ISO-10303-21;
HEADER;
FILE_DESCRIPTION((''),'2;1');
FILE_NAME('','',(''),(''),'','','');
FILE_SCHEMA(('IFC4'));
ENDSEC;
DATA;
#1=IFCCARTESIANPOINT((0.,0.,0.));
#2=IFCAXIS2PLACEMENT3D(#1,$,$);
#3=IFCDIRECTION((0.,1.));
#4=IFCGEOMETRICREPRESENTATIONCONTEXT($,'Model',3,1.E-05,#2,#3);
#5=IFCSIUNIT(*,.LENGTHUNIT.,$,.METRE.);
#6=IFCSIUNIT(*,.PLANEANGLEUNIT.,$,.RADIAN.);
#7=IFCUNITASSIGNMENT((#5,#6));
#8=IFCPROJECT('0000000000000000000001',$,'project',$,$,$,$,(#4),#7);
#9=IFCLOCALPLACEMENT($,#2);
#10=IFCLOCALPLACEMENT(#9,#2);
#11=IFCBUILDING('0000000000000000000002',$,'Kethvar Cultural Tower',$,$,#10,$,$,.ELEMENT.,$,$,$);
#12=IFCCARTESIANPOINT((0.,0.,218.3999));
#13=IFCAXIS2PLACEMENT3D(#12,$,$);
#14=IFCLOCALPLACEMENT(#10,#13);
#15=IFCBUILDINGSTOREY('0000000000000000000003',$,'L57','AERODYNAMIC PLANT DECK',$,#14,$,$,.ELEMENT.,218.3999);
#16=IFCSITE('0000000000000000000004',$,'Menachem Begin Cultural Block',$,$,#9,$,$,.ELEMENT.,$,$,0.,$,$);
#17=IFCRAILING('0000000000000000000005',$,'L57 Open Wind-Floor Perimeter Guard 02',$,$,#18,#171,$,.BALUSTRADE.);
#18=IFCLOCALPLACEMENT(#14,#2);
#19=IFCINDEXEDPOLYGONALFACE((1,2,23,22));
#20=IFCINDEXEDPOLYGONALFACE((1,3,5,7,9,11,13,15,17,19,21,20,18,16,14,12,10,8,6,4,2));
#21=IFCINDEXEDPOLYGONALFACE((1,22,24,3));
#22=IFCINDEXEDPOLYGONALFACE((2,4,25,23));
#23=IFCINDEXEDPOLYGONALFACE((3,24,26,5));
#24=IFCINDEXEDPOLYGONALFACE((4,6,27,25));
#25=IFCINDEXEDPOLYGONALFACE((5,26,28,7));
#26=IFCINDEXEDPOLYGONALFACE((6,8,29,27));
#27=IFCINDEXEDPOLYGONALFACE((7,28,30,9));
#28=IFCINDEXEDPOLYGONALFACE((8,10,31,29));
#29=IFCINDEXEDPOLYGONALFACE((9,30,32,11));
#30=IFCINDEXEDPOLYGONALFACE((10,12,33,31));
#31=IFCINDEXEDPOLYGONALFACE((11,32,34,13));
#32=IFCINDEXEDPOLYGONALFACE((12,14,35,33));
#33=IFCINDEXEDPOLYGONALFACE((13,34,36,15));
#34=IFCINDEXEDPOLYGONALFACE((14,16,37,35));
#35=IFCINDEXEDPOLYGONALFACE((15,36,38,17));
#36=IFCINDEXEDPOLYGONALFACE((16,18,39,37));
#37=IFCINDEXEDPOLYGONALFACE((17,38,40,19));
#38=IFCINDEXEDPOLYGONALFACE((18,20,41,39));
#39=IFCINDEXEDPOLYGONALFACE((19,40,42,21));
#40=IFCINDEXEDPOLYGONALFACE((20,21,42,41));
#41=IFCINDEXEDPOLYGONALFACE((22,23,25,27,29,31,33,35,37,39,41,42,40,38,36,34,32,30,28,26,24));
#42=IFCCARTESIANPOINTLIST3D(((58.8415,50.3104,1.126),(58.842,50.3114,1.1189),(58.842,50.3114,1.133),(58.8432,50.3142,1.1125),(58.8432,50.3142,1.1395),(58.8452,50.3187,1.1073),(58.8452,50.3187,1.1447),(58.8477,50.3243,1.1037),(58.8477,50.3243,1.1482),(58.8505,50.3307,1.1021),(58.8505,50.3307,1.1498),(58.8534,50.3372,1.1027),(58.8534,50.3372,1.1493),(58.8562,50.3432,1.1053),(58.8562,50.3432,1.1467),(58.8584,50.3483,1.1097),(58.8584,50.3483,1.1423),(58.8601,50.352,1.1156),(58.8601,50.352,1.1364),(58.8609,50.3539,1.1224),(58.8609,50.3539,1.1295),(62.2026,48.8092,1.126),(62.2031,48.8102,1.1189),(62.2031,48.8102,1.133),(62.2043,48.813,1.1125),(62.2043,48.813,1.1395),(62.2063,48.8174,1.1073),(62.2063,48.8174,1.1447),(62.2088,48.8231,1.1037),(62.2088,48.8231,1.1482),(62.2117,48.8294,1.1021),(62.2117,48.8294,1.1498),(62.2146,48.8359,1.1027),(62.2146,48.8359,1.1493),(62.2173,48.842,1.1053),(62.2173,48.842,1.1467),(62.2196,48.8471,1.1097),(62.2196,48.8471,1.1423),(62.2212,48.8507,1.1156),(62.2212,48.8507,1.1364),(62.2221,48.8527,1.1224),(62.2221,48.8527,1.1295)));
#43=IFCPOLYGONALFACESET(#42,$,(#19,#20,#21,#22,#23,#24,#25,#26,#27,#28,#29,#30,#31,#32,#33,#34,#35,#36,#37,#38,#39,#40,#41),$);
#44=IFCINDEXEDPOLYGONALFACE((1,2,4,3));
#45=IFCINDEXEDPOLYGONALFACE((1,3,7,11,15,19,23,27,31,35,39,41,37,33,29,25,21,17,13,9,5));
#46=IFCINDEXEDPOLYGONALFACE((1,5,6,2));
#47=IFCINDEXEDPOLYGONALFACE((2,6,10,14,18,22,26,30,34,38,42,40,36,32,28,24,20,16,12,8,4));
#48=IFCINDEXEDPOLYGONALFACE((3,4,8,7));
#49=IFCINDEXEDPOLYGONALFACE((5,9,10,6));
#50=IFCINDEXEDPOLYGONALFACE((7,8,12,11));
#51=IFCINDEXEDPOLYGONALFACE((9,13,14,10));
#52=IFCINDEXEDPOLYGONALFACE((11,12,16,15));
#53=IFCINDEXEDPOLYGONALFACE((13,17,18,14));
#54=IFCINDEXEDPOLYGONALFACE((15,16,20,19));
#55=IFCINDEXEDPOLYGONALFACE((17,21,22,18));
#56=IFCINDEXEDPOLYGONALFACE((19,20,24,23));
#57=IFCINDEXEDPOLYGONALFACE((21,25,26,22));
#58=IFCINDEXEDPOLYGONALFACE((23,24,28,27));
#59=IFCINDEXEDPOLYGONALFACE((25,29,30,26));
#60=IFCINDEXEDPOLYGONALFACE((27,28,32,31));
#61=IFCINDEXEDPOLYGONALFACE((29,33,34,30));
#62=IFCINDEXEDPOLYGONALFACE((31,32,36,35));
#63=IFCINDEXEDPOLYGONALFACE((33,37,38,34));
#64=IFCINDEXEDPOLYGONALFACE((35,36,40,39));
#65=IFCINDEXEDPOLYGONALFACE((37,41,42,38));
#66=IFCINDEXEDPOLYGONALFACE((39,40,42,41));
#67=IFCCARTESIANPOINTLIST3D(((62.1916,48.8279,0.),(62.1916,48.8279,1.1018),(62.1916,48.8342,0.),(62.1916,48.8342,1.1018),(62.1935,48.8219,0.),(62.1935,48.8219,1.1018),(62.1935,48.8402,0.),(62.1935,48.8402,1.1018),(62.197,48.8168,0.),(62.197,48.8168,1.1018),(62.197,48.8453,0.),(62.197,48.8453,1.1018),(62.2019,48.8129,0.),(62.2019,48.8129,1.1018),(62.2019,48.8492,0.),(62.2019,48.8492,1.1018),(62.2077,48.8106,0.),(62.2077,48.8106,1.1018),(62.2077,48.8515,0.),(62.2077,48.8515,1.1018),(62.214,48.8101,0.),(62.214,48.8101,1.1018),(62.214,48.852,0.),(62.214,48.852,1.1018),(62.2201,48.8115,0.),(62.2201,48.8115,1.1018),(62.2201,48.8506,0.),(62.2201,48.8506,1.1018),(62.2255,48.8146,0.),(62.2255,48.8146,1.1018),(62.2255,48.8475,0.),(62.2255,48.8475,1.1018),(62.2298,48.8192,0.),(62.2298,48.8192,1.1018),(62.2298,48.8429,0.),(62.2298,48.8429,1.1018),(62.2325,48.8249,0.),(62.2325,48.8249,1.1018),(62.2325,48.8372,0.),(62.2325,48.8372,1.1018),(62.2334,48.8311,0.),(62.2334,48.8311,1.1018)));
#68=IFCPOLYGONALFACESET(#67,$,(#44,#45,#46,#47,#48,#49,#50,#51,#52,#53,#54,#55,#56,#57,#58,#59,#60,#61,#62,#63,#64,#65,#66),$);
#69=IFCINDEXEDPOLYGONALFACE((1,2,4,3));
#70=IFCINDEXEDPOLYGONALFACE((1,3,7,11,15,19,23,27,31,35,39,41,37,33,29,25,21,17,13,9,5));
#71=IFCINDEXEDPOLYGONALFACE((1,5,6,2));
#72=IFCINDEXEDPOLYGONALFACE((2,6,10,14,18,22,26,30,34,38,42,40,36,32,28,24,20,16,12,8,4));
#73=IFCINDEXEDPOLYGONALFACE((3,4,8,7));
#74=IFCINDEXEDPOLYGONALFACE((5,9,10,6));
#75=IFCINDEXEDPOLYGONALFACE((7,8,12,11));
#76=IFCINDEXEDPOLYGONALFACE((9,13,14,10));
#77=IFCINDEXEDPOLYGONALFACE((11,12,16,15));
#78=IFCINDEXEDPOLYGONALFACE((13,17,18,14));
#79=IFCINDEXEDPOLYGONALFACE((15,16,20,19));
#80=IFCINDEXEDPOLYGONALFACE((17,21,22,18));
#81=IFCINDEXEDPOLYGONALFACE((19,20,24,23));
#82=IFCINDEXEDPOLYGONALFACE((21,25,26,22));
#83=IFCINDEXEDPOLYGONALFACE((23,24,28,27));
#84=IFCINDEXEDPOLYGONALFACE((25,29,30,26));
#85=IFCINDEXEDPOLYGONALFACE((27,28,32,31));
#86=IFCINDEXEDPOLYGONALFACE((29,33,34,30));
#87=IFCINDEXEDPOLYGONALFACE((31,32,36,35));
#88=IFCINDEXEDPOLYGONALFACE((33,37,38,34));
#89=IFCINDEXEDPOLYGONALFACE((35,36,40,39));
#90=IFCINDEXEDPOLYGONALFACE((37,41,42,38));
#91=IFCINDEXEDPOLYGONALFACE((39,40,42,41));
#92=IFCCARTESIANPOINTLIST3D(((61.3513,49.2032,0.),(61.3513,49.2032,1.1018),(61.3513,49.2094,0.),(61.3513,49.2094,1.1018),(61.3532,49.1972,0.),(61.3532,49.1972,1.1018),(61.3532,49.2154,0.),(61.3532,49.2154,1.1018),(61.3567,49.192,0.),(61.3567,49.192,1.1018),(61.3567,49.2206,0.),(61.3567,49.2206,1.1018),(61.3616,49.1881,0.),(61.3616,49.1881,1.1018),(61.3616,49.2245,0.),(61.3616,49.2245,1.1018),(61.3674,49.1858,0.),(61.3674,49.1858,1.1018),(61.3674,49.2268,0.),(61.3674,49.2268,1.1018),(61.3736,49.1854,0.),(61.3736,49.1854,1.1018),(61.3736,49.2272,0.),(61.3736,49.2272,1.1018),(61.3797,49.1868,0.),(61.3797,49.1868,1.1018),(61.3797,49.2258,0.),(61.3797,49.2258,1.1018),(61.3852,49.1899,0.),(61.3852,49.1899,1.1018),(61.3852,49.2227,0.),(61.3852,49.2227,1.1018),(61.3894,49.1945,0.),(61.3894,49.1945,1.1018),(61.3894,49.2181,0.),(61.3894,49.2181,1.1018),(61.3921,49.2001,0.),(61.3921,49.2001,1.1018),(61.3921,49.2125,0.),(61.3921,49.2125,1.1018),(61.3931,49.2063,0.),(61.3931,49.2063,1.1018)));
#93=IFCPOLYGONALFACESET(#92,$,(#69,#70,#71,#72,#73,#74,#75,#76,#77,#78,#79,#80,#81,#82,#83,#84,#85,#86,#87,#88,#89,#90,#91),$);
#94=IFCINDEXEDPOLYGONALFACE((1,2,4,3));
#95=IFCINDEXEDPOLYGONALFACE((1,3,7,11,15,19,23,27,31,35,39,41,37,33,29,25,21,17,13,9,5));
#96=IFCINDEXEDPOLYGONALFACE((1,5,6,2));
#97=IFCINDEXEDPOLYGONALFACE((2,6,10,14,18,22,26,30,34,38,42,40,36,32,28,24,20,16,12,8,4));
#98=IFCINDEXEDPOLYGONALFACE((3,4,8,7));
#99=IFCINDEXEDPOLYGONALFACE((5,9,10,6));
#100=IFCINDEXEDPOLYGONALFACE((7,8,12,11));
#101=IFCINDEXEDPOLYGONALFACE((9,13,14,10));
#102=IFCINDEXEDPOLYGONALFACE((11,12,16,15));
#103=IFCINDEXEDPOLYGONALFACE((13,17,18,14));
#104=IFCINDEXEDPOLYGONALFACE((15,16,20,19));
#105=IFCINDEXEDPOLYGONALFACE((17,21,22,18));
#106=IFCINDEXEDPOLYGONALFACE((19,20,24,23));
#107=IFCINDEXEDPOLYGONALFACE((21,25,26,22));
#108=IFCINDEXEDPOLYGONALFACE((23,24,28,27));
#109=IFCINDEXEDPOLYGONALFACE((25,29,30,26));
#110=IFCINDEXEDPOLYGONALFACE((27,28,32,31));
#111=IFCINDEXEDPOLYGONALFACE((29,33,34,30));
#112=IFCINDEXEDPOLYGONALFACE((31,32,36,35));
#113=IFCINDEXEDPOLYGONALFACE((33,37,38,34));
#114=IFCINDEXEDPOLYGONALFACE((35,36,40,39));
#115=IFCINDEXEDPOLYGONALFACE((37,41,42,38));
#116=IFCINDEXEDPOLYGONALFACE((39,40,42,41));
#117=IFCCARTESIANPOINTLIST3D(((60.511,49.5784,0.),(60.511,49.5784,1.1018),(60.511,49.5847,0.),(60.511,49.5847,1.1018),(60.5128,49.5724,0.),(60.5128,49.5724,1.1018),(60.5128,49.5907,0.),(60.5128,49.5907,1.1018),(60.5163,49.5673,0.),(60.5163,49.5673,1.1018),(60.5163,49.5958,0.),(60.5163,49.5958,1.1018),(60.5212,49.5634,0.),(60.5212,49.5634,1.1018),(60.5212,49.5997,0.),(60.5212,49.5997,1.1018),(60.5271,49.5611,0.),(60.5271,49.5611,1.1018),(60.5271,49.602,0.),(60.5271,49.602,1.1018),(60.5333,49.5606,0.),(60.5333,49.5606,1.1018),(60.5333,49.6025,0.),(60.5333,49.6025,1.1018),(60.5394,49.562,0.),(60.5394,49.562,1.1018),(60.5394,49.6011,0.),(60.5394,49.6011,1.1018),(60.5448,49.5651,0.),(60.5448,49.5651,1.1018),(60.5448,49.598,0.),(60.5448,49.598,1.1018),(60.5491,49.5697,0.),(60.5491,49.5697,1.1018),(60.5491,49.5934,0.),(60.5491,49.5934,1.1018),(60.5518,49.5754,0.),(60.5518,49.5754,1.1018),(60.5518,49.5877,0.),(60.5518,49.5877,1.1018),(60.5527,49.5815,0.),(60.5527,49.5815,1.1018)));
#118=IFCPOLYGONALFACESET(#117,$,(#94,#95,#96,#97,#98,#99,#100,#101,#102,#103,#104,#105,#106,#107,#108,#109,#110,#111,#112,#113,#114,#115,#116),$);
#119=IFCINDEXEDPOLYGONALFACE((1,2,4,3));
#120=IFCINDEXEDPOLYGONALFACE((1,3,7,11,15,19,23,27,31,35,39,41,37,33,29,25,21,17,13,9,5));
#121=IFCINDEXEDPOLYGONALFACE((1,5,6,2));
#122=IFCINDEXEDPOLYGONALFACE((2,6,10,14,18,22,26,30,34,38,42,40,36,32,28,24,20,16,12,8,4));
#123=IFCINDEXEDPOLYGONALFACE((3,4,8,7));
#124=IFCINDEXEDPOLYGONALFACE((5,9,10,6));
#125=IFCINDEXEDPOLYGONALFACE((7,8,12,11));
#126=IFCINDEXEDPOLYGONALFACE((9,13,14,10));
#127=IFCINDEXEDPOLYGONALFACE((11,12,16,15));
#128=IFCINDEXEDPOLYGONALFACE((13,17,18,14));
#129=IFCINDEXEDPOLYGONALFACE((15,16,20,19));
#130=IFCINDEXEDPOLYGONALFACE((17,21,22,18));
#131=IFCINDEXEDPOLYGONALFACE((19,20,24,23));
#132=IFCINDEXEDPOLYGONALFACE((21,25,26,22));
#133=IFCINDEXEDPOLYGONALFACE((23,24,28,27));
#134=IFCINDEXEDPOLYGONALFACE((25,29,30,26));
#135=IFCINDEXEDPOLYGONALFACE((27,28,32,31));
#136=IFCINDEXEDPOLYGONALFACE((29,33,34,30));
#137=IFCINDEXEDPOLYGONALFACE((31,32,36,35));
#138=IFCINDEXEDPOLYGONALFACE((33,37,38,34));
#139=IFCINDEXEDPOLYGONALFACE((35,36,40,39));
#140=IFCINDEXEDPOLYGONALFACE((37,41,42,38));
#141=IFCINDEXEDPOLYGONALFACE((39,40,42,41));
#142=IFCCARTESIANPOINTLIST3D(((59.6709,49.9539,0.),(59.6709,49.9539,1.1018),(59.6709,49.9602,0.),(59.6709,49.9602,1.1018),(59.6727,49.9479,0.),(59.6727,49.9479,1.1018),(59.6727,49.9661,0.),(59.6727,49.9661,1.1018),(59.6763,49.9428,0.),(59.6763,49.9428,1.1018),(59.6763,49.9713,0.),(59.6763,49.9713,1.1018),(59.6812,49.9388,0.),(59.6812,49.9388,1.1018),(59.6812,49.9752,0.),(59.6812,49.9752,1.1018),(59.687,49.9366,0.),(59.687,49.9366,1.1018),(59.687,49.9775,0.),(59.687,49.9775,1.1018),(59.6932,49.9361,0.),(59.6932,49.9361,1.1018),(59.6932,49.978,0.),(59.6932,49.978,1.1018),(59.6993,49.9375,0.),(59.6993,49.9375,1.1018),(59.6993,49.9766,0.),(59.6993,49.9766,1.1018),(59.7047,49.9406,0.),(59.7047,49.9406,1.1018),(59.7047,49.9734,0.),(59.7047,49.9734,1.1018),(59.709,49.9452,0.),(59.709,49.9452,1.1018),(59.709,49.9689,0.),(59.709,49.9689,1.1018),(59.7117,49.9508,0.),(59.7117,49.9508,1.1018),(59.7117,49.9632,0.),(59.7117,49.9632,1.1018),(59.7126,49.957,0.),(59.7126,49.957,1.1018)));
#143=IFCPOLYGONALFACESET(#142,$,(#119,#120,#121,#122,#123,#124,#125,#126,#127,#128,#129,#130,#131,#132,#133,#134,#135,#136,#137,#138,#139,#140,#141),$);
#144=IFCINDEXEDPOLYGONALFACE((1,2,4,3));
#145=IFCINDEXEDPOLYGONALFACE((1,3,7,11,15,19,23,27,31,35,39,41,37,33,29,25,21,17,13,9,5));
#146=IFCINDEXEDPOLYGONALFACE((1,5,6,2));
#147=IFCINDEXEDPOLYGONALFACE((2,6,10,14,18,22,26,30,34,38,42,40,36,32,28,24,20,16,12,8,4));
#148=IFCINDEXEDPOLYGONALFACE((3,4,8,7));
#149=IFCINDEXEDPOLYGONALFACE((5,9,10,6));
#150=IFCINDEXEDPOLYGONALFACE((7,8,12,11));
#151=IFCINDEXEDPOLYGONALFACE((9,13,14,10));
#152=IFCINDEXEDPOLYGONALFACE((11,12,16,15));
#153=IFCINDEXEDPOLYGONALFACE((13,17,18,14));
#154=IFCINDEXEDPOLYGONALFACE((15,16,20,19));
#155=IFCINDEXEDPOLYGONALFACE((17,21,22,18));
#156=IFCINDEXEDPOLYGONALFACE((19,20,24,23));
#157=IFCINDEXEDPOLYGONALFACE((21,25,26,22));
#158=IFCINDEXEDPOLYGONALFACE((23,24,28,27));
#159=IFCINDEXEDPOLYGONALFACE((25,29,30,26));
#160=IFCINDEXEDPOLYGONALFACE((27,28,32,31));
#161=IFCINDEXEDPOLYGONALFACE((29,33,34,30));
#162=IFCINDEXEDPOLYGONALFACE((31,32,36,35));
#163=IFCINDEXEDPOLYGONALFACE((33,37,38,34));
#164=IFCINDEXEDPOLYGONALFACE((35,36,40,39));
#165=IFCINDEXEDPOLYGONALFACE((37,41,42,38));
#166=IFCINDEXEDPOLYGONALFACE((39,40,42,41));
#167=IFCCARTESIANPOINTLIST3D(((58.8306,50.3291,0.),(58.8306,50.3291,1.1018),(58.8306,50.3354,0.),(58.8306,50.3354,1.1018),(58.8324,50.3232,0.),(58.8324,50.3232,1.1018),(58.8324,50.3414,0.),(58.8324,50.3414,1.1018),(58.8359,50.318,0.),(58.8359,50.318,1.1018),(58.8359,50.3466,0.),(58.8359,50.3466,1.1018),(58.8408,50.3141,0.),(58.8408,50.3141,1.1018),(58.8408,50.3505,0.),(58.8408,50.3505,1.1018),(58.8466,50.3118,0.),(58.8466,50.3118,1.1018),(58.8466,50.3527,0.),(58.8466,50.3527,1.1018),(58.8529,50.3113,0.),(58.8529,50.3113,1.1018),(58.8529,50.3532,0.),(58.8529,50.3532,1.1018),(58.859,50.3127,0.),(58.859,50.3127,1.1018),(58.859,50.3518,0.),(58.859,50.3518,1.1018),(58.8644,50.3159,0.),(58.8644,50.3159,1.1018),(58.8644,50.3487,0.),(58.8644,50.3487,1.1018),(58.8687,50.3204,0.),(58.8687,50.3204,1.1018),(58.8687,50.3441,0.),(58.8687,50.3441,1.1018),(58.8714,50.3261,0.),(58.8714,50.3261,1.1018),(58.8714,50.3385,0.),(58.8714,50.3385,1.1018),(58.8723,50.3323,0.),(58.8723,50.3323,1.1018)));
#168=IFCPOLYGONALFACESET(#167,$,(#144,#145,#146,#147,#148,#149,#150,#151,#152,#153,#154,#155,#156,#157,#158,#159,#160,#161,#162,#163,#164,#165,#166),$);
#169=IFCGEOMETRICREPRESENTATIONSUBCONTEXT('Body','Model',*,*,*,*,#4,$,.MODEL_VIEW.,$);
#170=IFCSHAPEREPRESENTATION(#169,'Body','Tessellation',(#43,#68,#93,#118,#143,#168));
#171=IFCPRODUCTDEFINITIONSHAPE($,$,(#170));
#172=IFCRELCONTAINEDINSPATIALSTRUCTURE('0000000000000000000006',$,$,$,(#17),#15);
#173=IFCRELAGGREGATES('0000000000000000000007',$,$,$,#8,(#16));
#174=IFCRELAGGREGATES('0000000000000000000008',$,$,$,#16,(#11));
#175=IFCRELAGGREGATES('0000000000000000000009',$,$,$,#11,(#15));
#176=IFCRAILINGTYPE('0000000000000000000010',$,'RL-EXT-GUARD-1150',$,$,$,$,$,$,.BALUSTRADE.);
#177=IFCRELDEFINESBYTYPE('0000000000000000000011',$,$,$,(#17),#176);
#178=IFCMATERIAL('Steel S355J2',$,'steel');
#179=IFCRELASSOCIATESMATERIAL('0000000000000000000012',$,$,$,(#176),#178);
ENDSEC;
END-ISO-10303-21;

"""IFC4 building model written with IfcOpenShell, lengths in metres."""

from ifc_helpers import new_model, si_unit, direction, frame, origin, origin_2d, place, context, subcontext, project, spatial, circle, extrude, material, type_object, element, save


model = new_model("IFC4")

# Units and contexts
model_context = context("Model", 3, precision=1e-05, world=origin(), true_north=direction((0.0, 1.0)))
body_context = subcontext(model_context, "Body", "Model", "MODEL_VIEW")
ifc_project = project(units=[si_unit("LENGTHUNIT", "METRE"), si_unit("PLANEANGLEUNIT", "RADIAN")], contexts=[model_context])

# Site, building, storey
site_placement = place(None, origin())
site = spatial("IfcSite", under=ifc_project, at=site_placement, Name="Menachem Begin Cultural Block", CompositionType="ELEMENT", RefElevation=0.0)
building_placement = place(site_placement, origin())
building = spatial("IfcBuilding", under=site, at=building_placement, Name="Kethvar Cultural Tower", CompositionType="ELEMENT")
storey_placement = place(building_placement, frame((0.0, 0.0, 218.3999)))
storey = spatial("IfcBuildingStorey", under=building, at=storey_placement, Name="L57", Description="AERODYNAMIC PLANT DECK", CompositionType="ELEMENT", Elevation=218.3999)

# Shared definitions
ifc_material_1 = material(Name="Steel S355J2", Category="steel")

# Railing
railing_type_1 = type_object("IfcRailingType", Name="RL-EXT-GUARD-1150", PredefinedType="BALUSTRADE", material=ifc_material_1)
railing_1_placement = place(storey_placement, frame((62.2124, 48.8311, 0.0)))
element("IfcRailing", 1, at=railing_1_placement, inside=storey, type_object=railing_type_1, Name="L57 Open Wind-Floor Perimeter Guard 02", PredefinedType="BALUSTRADE", context=body_context, shape_type="SweptSolid", body=[
    extrude(circle(Radius=0.0239, at=origin_2d()), frame((0.0, 0.0, 1.126), z_axis=(-0.913063, 0.407818, 0.0), x_axis=(-0.407818, -0.913063, 0.0)), (0.0, 0.0, 1.0), 3.6812),
    extrude(circle(Radius=0.021, at=origin_2d()), origin(), (0.0, 0.0, 1.0), 1.1018),
    extrude(circle(Radius=0.021, at=origin_2d()), frame((-0.8403, 0.3752, 0.0)), (0.0, 0.0, 1.0), 1.1018),
    extrude(circle(Radius=0.021, at=origin_2d()), frame((-1.6807, 0.7505, 0.0)), (0.0, 0.0, 1.0), 1.1018),
    extrude(circle(Radius=0.021, at=origin_2d()), frame((-2.5208, 1.126, 0.0)), (0.0, 0.0, 1.0), 1.1018),
    extrude(circle(Radius=0.021, at=origin_2d()), frame((-3.3611, 1.5012, 0.0)), (0.0, 0.0, 1.0), 1.1018),
])

save(model, "model.ifc")
